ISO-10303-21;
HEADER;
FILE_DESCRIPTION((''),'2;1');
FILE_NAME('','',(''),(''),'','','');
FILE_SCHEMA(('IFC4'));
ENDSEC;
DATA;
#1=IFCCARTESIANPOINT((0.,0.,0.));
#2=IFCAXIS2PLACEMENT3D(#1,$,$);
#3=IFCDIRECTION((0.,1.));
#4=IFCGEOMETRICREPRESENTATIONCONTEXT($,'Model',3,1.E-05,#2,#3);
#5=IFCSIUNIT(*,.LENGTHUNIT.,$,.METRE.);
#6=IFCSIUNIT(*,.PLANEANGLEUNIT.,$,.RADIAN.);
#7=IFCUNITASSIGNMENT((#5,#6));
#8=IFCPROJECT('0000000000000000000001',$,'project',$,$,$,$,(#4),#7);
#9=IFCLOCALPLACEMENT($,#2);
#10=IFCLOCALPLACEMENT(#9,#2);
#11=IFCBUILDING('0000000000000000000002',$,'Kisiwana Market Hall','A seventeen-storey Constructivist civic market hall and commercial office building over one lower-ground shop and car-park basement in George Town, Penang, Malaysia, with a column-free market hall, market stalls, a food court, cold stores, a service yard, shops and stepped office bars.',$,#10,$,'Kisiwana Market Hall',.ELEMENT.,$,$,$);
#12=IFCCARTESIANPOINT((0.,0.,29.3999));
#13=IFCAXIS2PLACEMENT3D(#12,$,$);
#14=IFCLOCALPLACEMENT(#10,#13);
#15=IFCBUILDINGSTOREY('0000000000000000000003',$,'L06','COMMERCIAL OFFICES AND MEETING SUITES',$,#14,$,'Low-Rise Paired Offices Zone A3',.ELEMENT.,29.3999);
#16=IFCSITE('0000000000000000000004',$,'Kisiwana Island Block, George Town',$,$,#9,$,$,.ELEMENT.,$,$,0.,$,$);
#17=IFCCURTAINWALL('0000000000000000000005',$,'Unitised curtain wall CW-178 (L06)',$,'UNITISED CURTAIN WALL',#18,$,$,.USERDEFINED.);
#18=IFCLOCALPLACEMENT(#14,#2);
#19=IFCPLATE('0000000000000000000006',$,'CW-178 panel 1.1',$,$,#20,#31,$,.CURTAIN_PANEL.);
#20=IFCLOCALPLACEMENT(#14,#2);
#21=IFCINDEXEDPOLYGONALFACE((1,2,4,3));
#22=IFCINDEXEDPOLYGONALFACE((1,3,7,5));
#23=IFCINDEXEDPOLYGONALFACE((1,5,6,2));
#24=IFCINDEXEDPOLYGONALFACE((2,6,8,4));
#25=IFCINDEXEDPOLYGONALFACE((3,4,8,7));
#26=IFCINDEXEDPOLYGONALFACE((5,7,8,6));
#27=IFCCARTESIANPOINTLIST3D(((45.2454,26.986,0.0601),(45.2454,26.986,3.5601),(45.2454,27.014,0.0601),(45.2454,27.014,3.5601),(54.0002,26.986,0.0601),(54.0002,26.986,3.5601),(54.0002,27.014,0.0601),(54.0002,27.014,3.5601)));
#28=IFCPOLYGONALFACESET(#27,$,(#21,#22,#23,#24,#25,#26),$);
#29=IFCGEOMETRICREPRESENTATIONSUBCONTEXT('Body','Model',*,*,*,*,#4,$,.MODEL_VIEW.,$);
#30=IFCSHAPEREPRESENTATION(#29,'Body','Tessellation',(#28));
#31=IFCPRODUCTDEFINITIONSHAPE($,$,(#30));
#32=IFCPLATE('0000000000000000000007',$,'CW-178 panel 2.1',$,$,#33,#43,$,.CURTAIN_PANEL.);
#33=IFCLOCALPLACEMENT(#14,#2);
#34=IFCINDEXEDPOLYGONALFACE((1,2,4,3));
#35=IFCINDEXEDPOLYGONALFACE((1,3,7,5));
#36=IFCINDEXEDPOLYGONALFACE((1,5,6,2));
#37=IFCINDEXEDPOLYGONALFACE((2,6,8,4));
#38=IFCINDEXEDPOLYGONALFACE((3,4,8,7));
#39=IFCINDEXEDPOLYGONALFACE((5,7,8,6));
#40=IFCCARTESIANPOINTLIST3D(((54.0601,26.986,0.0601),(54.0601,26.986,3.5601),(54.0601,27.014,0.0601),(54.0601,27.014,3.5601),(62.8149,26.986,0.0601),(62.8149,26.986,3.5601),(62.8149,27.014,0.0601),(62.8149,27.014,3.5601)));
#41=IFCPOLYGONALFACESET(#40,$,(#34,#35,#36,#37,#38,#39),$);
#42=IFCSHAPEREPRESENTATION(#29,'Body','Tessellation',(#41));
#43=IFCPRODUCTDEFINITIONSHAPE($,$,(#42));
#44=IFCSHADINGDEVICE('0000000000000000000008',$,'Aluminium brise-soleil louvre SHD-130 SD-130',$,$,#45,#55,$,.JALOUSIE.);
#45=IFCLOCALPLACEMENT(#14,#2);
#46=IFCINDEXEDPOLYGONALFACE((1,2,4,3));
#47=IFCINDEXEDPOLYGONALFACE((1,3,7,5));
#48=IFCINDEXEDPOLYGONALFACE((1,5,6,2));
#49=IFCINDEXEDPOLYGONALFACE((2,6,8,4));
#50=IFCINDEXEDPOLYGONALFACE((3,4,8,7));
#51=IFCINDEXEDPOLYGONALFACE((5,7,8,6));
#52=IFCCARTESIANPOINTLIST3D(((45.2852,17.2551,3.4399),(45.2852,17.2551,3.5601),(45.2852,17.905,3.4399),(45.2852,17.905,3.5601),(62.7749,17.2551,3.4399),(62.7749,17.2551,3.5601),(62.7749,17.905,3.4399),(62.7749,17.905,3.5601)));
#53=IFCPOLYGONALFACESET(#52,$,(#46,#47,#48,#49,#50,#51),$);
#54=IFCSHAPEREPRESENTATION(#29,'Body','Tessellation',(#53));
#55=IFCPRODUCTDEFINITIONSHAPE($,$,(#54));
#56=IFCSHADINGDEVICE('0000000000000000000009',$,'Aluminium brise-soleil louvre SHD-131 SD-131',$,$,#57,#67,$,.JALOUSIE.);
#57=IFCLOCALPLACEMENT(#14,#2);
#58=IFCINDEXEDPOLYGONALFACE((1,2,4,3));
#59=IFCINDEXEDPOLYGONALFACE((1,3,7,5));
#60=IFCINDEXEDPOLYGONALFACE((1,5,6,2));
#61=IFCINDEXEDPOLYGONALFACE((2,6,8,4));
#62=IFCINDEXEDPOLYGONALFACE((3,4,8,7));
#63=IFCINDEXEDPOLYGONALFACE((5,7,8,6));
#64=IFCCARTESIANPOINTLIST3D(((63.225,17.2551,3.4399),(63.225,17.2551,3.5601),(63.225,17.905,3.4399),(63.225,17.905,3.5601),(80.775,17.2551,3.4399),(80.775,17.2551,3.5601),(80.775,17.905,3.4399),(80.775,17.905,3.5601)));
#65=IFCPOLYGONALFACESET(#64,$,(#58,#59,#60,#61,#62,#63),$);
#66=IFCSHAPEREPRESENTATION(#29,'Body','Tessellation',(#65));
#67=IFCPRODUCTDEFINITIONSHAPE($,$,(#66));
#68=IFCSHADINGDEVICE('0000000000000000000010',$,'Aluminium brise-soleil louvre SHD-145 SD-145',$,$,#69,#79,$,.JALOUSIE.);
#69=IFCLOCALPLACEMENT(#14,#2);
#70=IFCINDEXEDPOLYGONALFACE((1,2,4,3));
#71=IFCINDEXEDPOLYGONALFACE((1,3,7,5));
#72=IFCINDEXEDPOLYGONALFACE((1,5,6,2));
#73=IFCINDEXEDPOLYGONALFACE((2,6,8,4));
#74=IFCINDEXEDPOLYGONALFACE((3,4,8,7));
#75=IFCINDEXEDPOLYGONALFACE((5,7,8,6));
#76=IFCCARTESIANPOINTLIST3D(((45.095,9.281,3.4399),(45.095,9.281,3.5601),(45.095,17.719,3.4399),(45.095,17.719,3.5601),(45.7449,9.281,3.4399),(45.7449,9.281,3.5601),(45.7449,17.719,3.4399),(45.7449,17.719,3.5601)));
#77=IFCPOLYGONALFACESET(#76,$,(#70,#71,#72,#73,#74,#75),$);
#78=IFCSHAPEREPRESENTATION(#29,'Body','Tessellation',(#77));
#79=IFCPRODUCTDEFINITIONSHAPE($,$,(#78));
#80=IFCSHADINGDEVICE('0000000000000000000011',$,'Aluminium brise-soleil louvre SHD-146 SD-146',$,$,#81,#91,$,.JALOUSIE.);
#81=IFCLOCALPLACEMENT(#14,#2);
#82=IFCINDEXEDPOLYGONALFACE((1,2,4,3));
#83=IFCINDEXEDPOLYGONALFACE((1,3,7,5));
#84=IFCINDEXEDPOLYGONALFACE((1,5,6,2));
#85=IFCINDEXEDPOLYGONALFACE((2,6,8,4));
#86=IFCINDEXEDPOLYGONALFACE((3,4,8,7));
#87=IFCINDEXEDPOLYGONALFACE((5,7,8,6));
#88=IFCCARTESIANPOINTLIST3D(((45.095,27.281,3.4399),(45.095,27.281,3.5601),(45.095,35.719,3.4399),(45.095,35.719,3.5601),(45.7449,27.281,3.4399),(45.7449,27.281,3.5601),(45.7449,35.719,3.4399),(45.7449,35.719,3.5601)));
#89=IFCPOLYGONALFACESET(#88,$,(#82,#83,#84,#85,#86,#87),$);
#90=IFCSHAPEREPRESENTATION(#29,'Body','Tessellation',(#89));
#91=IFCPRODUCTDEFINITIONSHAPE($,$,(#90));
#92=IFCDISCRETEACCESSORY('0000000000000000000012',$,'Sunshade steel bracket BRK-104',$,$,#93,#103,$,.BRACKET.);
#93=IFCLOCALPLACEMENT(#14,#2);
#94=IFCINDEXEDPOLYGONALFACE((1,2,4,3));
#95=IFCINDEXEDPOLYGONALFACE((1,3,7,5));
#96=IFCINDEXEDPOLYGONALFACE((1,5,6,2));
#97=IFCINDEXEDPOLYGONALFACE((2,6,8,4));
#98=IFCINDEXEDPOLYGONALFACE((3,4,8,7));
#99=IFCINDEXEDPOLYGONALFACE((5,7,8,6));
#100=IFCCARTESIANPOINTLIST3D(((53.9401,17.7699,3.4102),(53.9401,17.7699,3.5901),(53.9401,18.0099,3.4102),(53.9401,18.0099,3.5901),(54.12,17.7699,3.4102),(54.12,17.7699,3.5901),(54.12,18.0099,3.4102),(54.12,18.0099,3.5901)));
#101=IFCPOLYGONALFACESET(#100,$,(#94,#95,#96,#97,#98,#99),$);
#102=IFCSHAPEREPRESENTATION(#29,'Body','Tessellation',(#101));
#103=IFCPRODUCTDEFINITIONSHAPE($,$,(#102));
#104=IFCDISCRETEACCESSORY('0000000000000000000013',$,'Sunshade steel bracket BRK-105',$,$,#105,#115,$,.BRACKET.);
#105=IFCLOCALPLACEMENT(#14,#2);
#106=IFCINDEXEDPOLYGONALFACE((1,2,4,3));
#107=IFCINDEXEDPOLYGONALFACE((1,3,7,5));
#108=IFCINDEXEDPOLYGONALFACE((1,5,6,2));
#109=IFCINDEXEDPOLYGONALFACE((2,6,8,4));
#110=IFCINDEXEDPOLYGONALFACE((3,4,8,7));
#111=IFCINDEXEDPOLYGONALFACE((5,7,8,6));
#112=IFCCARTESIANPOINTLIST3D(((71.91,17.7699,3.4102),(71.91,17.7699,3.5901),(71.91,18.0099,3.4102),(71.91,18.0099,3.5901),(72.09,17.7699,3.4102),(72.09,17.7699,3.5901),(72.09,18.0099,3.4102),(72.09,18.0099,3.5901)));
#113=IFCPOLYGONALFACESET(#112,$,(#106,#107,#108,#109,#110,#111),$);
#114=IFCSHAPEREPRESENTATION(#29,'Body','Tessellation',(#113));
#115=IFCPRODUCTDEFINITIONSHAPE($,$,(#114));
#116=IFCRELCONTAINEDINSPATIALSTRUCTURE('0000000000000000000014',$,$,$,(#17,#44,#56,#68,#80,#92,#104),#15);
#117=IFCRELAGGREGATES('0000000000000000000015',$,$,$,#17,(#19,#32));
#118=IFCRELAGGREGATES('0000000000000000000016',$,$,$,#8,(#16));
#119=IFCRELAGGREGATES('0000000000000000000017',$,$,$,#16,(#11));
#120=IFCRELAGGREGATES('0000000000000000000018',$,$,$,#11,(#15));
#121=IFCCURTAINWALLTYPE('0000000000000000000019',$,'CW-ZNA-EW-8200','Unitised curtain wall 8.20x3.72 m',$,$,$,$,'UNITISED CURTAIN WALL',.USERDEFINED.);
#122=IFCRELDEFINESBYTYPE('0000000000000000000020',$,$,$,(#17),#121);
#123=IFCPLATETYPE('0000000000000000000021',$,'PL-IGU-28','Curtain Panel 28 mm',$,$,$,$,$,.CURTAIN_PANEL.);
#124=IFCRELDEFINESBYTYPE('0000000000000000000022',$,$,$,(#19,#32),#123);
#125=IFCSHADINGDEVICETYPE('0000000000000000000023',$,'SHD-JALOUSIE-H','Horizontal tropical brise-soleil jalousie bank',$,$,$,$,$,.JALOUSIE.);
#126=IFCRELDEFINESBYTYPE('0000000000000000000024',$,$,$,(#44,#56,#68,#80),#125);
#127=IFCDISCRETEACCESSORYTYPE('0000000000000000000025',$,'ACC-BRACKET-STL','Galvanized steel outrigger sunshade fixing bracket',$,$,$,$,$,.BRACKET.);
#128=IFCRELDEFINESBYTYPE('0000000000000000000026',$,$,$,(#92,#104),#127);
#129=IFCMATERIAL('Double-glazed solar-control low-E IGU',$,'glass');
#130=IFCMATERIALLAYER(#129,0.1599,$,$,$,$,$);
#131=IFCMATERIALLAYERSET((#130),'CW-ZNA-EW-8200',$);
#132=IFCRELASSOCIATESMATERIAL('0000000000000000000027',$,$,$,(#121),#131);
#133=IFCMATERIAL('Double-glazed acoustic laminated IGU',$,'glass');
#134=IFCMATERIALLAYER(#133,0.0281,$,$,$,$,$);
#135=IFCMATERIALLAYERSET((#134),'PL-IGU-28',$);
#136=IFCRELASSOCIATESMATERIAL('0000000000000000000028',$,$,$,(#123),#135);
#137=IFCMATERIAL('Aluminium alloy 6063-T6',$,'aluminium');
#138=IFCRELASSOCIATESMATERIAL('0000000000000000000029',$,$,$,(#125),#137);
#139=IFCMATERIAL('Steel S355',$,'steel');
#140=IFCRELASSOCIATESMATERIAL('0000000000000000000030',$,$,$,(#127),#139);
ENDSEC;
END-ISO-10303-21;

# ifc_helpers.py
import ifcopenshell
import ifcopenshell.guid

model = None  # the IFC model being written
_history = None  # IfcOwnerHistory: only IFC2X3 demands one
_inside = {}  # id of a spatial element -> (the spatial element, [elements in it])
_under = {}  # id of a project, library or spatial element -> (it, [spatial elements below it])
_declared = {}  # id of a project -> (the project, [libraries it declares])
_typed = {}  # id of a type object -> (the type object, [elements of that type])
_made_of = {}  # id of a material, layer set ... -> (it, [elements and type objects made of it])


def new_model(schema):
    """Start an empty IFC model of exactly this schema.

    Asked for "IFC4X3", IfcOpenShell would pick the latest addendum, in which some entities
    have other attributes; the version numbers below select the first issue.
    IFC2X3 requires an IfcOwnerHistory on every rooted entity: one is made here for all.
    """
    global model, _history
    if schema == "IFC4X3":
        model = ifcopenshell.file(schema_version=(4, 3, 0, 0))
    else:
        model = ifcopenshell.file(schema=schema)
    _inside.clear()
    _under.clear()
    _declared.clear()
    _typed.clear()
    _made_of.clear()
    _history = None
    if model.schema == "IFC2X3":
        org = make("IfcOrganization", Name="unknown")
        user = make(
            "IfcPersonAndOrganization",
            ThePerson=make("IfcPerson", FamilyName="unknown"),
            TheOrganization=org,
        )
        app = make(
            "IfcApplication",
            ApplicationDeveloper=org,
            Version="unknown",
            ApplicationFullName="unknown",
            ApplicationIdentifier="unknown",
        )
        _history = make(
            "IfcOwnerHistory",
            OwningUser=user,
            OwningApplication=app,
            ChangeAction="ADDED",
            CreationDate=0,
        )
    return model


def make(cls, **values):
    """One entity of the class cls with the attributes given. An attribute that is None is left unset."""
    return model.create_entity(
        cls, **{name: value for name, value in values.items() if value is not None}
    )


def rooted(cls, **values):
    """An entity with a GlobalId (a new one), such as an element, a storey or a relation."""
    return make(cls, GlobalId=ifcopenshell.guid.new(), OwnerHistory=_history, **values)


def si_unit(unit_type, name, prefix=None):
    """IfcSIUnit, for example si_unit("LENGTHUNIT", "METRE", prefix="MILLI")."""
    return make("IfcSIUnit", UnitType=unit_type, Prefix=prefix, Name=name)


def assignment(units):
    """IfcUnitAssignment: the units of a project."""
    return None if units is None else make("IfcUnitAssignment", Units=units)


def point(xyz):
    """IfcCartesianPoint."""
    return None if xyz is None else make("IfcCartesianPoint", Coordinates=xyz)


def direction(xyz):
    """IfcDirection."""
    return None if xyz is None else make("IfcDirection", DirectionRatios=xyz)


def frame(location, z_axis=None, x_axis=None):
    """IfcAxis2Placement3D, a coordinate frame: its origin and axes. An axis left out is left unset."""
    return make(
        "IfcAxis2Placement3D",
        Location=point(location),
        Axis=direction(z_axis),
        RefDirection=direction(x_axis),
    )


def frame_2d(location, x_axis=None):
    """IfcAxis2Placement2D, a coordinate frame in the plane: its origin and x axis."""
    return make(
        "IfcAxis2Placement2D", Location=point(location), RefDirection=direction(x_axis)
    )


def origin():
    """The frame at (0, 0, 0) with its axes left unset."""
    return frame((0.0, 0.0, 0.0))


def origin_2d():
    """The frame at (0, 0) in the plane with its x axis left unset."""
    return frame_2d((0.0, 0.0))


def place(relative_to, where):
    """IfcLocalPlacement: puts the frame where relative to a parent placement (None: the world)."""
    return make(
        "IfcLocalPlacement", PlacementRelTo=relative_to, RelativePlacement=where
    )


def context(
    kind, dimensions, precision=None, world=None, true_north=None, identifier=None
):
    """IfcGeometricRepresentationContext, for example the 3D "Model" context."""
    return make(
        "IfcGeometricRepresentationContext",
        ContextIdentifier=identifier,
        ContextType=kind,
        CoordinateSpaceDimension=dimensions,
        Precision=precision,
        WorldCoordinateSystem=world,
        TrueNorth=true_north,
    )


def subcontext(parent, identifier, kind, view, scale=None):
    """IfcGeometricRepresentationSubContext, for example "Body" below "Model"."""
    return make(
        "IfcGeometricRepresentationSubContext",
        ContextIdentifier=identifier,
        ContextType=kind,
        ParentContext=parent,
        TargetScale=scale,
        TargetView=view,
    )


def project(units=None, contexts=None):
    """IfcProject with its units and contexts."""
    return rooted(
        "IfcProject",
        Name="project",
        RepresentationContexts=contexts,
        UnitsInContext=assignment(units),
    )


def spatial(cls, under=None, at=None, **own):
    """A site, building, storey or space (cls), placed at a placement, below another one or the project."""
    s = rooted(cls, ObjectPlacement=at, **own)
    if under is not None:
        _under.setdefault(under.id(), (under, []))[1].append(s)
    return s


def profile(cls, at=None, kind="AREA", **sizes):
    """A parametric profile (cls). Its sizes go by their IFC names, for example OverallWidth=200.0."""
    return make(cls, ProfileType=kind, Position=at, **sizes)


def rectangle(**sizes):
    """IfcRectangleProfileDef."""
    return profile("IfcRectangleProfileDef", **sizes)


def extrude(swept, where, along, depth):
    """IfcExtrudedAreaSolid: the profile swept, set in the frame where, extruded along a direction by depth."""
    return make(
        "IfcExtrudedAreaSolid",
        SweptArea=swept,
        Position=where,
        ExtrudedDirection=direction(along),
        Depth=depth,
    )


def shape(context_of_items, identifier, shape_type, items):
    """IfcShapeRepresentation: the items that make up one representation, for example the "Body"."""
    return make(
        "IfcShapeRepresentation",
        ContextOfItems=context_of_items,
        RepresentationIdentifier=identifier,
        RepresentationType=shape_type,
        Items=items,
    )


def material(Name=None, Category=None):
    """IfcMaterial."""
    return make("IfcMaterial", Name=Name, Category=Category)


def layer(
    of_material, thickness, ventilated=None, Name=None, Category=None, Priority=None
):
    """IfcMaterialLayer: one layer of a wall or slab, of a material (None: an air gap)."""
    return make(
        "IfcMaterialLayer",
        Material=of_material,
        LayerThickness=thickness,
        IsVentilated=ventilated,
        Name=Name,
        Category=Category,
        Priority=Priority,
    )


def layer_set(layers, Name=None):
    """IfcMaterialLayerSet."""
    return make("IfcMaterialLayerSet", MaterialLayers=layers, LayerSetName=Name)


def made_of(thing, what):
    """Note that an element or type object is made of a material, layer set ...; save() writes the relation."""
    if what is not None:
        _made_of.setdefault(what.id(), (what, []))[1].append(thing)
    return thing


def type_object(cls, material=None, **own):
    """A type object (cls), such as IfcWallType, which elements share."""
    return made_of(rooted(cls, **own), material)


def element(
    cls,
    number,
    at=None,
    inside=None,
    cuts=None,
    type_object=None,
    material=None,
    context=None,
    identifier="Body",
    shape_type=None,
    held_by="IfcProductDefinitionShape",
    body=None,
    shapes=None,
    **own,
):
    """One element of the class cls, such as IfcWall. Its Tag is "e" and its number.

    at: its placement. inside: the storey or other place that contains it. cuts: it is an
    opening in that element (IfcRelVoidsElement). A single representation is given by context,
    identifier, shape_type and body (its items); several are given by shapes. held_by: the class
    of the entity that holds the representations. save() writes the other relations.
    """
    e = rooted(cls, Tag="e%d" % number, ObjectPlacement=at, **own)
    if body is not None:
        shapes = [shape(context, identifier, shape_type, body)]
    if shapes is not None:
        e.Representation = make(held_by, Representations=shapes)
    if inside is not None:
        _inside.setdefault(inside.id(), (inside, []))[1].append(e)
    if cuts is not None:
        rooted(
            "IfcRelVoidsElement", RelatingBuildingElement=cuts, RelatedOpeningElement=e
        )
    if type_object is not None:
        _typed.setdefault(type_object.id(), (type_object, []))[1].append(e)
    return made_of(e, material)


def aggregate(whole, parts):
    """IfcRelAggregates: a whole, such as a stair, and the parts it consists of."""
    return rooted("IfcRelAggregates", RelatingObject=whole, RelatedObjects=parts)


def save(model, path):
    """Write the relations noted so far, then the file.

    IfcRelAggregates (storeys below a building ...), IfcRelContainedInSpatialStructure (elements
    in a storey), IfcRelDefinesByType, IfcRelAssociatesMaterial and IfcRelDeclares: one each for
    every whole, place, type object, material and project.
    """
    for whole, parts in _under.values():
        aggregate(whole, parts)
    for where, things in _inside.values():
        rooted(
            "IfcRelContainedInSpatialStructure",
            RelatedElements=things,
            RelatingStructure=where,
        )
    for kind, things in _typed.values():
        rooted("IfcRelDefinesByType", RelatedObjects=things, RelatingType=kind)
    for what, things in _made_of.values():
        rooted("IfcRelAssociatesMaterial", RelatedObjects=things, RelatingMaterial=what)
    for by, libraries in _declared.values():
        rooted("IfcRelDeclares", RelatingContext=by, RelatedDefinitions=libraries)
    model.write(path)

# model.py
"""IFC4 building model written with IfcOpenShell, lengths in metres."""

from ifc_helpers import new_model, si_unit, direction, frame, origin, origin_2d, place, context, subcontext, project, spatial, rectangle, extrude, material, layer, layer_set, type_object, element, aggregate, save


model = new_model("IFC4")

# Units and contexts
model_context = context("Model", 3, precision=1e-05, world=origin(), true_north=direction((0.0, 1.0)))
body_context = subcontext(model_context, "Body", "Model", "MODEL_VIEW")
ifc_project = project(units=[si_unit("LENGTHUNIT", "METRE"), si_unit("PLANEANGLEUNIT", "RADIAN")], contexts=[model_context])

# Site, building, storey
site_placement = place(None, origin())
site = spatial("IfcSite", under=ifc_project, at=site_placement, Name="Kisiwana Island Block, George Town", CompositionType="ELEMENT", RefElevation=0.0)
building_placement = place(site_placement, origin())
building = spatial("IfcBuilding", under=site, at=building_placement, Name="Kisiwana Market Hall", Description="A seventeen-storey Constructivist civic market hall and commercial office building over one lower-ground shop and car-park basement in George Town, Penang, Malaysia, with a column-free market hall, market stalls, a food court, cold stores, a service yard, shops and stepped office bars.", LongName="Kisiwana Market Hall", CompositionType="ELEMENT")
storey_placement = place(building_placement, frame((0.0, 0.0, 29.3999)))
storey = spatial("IfcBuildingStorey", under=building, at=storey_placement, Name="L06", Description="COMMERCIAL OFFICES AND MEETING SUITES", LongName="Low-Rise Paired Offices Zone A3", CompositionType="ELEMENT", Elevation=29.3999)

# Shared definitions
ifc_material_1 = material(Name="Double-glazed solar-control low-E IGU", Category="glass")
ifc_layer_1 = layer(ifc_material_1, 0.1599)
ifc_layer_set_1 = layer_set([ifc_layer_1], Name="CW-ZNA-EW-8200")
curtain_wall_type = type_object("IfcCurtainWallType", Name="CW-ZNA-EW-8200", Description="Unitised curtain wall 8.20x3.72 m", ElementType="UNITISED CURTAIN WALL", PredefinedType="USERDEFINED", material=ifc_layer_set_1)

# Curtain wall
curtain_wall_1_placement = place(storey_placement, origin())
curtain_wall_1 = element("IfcCurtainWall", 1, at=curtain_wall_1_placement, inside=storey, type_object=curtain_wall_type, Name="Unitised curtain wall CW-178 (L06)", ObjectType="UNITISED CURTAIN WALL", PredefinedType="USERDEFINED")

# Plates
ifc_material_2 = material(Name="Double-glazed acoustic laminated IGU", Category="glass")
ifc_layer_2 = layer(ifc_material_2, 0.0281)
ifc_layer_set_2 = layer_set([ifc_layer_2], Name="PL-IGU-28")
plate_type_1 = type_object("IfcPlateType", Name="PL-IGU-28", Description="Curtain Panel 28 mm", PredefinedType="CURTAIN_PANEL", material=ifc_layer_set_2)
plate_1_placement = place(storey_placement, frame((49.6228, 27.0, 0.0601), z_axis=(0.0, 0.0, 1.0), x_axis=(1.0, 0.0, 0.0)))
plate_1 = element("IfcPlate", 2, at=plate_1_placement, type_object=plate_type_1, Name="CW-178 panel 1.1", PredefinedType="CURTAIN_PANEL", context=body_context, shape_type="SweptSolid", body=[
    extrude(rectangle(XDim=8.7549, YDim=0.0281, at=origin_2d()), origin(), (0.0, 0.0, 1.0), 3.5),
])
plate_2_placement = place(storey_placement, frame((58.4375, 27.0, 0.0601), z_axis=(0.0, 0.0, 1.0), x_axis=(1.0, 0.0, 0.0)))
plate_2 = element("IfcPlate", 3, at=plate_2_placement, type_object=plate_type_1, Name="CW-178 panel 2.1", PredefinedType="CURTAIN_PANEL", context=body_context, shape_type="SweptSolid", body=[
    extrude(rectangle(XDim=8.7549, YDim=0.0281, at=origin_2d()), origin(), (0.0, 0.0, 1.0), 3.5),
])
aggregate(curtain_wall_1, [plate_1, plate_2])

# Shading devices
ifc_material_3 = material(Name="Aluminium alloy 6063-T6", Category="aluminium")
shading_device_type = type_object("IfcShadingDeviceType", Name="SHD-JALOUSIE-H", Description="Horizontal tropical brise-soleil jalousie bank", PredefinedType="JALOUSIE", material=ifc_material_3)
shading_device_1_placement = place(storey_placement, frame((54.03, 17.5801, 3.4399), z_axis=(0.0, 0.0, 1.0), x_axis=(1.0, 0.0, 0.0)))
element("IfcShadingDevice", 4, at=shading_device_1_placement, inside=storey, type_object=shading_device_type, Name="Aluminium brise-soleil louvre SHD-130 SD-130", PredefinedType="JALOUSIE", context=body_context, shape_type="SweptSolid", body=[
    extrude(rectangle(XDim=17.4897, YDim=0.6499, at=origin_2d()), origin(), (0.0, 0.0, 1.0), 0.1201),
])
shading_device_2_placement = place(storey_placement, frame((72.0, 17.5801, 3.4399), z_axis=(0.0, 0.0, 1.0), x_axis=(1.0, 0.0, 0.0)))
element("IfcShadingDevice", 5, at=shading_device_2_placement, inside=storey, type_object=shading_device_type, Name="Aluminium brise-soleil louvre SHD-131 SD-131", PredefinedType="JALOUSIE", context=body_context, shape_type="SweptSolid", body=[
    extrude(rectangle(XDim=17.55, YDim=0.6499, at=origin_2d()), origin(), (0.0, 0.0, 1.0), 0.1201),
])
for number, where, z_axis, x_axis, name in (
    (6, (45.4199, 13.5, 3.4399), (0.0, 0.0, 1.0), (0.0, 1.0, 0.0), "Aluminium brise-soleil louvre SHD-145 SD-145"),
    (7, (45.4199, 31.5, 3.4399), (0.0, 0.0, 1.0), (0.0, 1.0, 0.0), "Aluminium brise-soleil louvre SHD-146 SD-146"),
):
    element("IfcShadingDevice", number, at=place(storey_placement, frame(where, z_axis=z_axis, x_axis=x_axis)), inside=storey, type_object=shading_device_type, Name=name, PredefinedType="JALOUSIE", context=body_context, shape_type="SweptSolid", body=[
        extrude(rectangle(XDim=8.438, YDim=0.6499, at=origin_2d()), origin(), (0.0, 0.0, 1.0), 0.1201),
    ])

# Discrete accessories
ifc_material_4 = material(Name="Steel S355", Category="steel")
discrete_accessory_type = type_object("IfcDiscreteAccessoryType", Name="ACC-BRACKET-STL", Description="Galvanized steel outrigger sunshade fixing bracket", PredefinedType="BRACKET", material=ifc_material_4)
for number, where, z_axis, x_axis, name in (
    (8, (54.03, 17.8899, 3.4102), (0.0, 0.0, 1.0), (1.0, 0.0, 0.0), "Sunshade steel bracket BRK-104"),
    (9, (72.0, 17.8899, 3.4102), (0.0, 0.0, 1.0), (1.0, 0.0, 0.0), "Sunshade steel bracket BRK-105"),
):
    element("IfcDiscreteAccessory", number, at=place(storey_placement, frame(where, z_axis=z_axis, x_axis=x_axis)), inside=storey, type_object=discrete_accessory_type, Name=name, PredefinedType="BRACKET", context=body_context, shape_type="SweptSolid", body=[
        extrude(rectangle(XDim=0.1799, YDim=0.24, at=origin_2d()), origin(), (0.0, 0.0, 1.0), 0.1799),
    ])

save(model, "model.ifc")
